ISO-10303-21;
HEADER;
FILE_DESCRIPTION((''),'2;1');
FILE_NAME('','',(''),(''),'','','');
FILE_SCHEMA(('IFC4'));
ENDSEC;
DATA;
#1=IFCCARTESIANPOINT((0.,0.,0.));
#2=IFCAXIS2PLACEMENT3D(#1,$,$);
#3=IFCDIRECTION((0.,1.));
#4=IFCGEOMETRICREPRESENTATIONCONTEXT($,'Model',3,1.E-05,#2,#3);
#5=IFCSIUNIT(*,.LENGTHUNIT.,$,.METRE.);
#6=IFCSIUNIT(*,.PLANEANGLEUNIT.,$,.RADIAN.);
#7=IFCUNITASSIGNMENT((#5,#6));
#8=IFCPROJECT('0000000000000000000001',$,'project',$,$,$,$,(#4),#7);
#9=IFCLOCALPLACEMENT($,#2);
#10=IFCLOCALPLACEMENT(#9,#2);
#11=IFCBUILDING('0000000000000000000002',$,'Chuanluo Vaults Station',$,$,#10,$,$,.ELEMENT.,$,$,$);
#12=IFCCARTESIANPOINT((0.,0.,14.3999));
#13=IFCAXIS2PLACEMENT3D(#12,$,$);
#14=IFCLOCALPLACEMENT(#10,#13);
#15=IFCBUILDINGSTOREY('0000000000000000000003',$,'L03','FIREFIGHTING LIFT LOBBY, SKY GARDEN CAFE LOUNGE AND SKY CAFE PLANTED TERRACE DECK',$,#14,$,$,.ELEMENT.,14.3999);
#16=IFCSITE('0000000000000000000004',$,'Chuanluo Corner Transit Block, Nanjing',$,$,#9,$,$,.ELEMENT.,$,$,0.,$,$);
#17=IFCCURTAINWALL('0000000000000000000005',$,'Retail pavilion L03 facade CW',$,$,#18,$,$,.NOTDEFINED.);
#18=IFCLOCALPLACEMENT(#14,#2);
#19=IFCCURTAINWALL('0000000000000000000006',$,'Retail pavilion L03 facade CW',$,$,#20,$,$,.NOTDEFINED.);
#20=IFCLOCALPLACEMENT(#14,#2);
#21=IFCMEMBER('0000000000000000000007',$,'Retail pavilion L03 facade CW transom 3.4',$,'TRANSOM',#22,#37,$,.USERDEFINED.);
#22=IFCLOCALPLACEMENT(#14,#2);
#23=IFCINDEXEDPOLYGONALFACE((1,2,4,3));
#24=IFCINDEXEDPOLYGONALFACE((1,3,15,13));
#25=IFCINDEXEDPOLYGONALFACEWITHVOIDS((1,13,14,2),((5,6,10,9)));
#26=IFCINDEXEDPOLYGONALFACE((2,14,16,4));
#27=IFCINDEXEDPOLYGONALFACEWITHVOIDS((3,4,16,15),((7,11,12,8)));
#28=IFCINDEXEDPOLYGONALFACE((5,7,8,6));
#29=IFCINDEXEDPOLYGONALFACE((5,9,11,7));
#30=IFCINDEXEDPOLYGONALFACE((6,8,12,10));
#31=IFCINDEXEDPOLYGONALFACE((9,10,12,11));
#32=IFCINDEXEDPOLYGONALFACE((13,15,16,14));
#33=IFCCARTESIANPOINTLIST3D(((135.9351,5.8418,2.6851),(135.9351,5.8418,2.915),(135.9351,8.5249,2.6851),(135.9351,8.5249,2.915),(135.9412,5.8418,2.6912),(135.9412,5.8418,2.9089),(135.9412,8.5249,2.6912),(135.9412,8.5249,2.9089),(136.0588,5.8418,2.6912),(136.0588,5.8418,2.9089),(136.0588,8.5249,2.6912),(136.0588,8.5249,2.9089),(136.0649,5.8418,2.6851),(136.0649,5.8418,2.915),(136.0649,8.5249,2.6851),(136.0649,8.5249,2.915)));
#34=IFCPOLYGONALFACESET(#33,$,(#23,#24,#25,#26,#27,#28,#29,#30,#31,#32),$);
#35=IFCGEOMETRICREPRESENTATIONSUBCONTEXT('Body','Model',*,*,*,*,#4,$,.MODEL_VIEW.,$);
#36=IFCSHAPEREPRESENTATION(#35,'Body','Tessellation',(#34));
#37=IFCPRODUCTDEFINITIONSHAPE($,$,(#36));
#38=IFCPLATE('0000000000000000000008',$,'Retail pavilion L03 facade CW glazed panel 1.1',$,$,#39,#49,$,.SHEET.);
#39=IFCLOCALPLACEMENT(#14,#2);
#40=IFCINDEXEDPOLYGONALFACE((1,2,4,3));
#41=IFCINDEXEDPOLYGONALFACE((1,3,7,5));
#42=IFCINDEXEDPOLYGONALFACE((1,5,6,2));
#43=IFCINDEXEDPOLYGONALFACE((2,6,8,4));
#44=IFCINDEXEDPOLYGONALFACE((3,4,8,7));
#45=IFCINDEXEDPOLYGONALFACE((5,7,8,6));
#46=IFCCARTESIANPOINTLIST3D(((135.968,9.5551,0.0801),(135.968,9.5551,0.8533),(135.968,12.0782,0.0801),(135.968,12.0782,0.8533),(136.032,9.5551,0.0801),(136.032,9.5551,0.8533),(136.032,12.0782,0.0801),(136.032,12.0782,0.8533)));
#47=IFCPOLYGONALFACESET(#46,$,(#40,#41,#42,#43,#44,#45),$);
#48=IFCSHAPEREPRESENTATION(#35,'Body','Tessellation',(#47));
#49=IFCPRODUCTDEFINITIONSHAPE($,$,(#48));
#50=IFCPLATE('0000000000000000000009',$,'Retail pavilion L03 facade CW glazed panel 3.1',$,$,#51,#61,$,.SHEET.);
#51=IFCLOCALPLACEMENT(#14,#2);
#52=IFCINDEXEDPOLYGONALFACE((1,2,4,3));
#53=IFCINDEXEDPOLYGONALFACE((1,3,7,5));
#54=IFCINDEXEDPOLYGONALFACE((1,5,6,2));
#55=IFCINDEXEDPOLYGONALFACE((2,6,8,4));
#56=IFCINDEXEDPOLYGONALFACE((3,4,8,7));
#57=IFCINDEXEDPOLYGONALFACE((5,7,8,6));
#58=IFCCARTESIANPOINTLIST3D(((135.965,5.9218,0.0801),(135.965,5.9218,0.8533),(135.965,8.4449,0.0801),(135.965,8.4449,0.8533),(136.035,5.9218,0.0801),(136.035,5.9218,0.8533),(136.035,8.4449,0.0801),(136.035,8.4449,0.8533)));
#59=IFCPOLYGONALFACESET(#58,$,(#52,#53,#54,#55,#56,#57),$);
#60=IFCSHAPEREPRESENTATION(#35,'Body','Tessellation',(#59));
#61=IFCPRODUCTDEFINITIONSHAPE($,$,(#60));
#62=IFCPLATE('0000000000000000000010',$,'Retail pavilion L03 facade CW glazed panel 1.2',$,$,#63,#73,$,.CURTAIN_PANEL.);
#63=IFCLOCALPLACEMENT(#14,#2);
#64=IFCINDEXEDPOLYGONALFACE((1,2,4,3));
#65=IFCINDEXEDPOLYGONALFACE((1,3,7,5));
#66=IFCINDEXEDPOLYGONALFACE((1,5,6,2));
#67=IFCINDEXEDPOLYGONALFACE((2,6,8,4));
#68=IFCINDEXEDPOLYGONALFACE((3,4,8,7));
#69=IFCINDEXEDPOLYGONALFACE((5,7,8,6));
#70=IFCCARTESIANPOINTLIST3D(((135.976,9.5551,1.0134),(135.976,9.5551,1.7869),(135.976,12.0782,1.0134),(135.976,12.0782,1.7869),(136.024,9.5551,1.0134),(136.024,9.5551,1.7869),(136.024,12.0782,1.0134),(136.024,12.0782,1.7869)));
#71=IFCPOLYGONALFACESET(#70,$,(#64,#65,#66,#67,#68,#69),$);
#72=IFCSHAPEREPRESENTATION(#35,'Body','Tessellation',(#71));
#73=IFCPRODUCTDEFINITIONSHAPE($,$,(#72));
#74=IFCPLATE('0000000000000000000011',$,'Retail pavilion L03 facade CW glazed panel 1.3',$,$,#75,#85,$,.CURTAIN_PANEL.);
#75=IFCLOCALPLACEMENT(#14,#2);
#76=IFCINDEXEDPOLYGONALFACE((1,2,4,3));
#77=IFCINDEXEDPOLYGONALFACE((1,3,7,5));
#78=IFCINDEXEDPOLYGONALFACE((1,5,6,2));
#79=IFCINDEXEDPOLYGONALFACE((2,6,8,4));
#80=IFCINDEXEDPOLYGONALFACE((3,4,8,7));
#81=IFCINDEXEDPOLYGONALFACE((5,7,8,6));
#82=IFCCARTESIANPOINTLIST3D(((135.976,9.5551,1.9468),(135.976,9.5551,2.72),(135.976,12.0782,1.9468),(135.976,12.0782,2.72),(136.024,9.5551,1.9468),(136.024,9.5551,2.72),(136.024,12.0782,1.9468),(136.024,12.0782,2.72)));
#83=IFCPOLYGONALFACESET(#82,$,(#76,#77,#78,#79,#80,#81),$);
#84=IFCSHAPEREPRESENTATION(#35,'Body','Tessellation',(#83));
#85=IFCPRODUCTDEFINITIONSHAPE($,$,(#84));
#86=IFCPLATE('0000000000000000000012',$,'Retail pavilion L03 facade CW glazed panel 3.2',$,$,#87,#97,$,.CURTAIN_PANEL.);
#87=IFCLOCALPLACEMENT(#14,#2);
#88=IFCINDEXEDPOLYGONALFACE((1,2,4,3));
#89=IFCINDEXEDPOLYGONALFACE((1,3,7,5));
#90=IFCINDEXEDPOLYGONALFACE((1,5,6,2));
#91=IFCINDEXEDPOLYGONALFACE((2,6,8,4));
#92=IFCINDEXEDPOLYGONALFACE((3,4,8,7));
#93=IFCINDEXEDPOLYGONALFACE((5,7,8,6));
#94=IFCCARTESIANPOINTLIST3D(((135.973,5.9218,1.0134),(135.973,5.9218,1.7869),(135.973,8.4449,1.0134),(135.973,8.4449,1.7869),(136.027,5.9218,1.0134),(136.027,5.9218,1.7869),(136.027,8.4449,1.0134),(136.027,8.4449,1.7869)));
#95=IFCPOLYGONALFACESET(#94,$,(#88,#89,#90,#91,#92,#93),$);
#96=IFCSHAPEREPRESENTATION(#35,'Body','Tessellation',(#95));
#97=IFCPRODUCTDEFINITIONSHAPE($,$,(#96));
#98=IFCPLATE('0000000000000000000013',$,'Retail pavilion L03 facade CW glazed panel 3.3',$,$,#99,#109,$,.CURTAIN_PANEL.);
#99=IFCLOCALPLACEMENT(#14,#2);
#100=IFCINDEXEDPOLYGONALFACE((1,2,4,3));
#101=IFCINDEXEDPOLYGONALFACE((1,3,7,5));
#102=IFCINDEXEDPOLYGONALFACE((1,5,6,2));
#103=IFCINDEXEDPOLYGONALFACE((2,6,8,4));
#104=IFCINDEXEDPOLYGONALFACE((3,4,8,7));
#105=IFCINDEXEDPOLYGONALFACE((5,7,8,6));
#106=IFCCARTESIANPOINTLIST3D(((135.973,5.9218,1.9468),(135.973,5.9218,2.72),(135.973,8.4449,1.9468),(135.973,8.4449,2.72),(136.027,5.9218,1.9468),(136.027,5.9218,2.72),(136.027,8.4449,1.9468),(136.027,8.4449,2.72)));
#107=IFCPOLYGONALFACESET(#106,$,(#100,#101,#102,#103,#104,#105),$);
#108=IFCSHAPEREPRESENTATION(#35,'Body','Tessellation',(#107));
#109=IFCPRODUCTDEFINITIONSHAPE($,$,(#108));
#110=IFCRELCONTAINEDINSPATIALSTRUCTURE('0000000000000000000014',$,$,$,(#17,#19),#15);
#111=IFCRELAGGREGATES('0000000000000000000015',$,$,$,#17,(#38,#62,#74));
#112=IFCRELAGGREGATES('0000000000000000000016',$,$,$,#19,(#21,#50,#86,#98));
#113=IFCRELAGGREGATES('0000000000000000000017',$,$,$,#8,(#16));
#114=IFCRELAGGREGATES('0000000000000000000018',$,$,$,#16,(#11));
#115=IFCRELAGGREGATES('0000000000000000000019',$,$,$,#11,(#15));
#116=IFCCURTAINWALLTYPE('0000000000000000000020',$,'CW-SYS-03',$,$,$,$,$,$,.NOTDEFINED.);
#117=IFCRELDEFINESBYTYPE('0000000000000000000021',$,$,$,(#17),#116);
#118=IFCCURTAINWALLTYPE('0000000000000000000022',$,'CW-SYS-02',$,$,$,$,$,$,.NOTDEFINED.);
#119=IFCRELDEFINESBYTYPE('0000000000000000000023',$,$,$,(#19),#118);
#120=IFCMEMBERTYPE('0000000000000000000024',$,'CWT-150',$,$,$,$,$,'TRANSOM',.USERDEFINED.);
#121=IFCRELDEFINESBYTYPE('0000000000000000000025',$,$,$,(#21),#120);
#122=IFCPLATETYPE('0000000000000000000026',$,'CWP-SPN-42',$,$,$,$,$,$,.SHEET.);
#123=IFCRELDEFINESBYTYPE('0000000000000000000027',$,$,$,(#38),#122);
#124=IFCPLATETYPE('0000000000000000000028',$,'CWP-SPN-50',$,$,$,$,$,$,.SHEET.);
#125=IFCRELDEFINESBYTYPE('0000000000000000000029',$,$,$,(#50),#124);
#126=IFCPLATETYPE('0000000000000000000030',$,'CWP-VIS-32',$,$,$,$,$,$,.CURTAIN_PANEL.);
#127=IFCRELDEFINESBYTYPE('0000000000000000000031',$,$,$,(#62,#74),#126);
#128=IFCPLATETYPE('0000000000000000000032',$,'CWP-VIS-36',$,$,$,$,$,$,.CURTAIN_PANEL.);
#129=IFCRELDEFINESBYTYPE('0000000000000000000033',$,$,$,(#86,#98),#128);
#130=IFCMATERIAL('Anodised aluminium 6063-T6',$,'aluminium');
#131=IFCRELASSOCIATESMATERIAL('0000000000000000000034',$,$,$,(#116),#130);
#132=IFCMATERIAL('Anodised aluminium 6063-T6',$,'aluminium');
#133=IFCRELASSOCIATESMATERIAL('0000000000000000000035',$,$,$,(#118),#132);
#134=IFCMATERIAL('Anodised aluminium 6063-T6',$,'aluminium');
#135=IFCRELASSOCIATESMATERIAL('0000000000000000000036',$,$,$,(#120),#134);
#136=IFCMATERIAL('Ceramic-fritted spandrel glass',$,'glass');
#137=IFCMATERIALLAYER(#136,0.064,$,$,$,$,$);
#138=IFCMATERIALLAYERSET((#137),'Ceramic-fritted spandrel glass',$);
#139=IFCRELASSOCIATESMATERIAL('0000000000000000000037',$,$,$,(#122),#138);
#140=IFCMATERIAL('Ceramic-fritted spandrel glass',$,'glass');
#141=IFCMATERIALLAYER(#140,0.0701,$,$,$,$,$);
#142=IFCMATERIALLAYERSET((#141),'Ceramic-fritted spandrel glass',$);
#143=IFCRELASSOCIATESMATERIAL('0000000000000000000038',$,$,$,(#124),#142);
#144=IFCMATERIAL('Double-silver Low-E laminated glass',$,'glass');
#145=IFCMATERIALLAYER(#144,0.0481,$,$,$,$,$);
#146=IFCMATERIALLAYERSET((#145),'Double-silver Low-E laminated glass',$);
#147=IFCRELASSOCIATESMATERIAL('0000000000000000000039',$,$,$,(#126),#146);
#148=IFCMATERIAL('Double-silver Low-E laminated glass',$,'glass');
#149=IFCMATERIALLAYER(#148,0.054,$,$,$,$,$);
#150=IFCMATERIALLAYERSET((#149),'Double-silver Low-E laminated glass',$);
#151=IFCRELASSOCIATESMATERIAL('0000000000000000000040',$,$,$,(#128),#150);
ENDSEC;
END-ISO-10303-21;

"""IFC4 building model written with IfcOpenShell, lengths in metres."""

from ifc_helpers import new_model, si_unit, direction, frame, origin, origin_2d, place, context, subcontext, project, spatial, rectangle, hollow_rectangle, extrude, material, layer, layer_set, material_profile, profile_set, type_object, element, aggregate, save


model = new_model("IFC4")

# Units and contexts
model_context = context("Model", 3, precision=1e-05, world=origin(), true_north=direction((0.0, 1.0)))
body_context = subcontext(model_context, "Body", "Model", "MODEL_VIEW")
ifc_project = project(units=[si_unit("LENGTHUNIT", "METRE"), si_unit("PLANEANGLEUNIT", "RADIAN")], contexts=[model_context])

# Site, building, storey
site_placement = place(None, origin())
site = spatial("IfcSite", under=ifc_project, at=site_placement, Name="Chuanluo Corner Transit Block, Nanjing", CompositionType="ELEMENT", RefElevation=0.0)
building_placement = place(site_placement, origin())
building = spatial("IfcBuilding", under=site, at=building_placement, Name="Chuanluo Vaults Station", CompositionType="ELEMENT")
storey_placement = place(building_placement, frame((0.0, 0.0, 14.3999)))
storey = spatial("IfcBuildingStorey", under=building, at=storey_placement, Name="L03", Description="FIREFIGHTING LIFT LOBBY, SKY GARDEN CAFE LOUNGE AND SKY CAFE PLANTED TERRACE DECK", CompositionType="ELEMENT", Elevation=14.3999)

# Curtain wall
ifc_material_1 = material(Name="Anodised aluminium 6063-T6", Category="aluminium")
curtain_wall_type_1 = type_object("IfcCurtainWallType", Name="CW-SYS-03", PredefinedType="NOTDEFINED", material=ifc_material_1)
curtain_wall_1_placement = place(storey_placement, origin())
curtain_wall_1 = element("IfcCurtainWall", 1, at=curtain_wall_1_placement, inside=storey, type_object=curtain_wall_type_1, Name="Retail pavilion L03 facade CW", PredefinedType="NOTDEFINED")

# Curtain wall
ifc_material_2 = material(Name="Anodised aluminium 6063-T6", Category="aluminium")
curtain_wall_type_2 = type_object("IfcCurtainWallType", Name="CW-SYS-02", PredefinedType="NOTDEFINED", material=ifc_material_2)
curtain_wall_2_placement = place(storey_placement, origin())
curtain_wall_2 = element("IfcCurtainWall", 2, at=curtain_wall_2_placement, inside=storey, type_object=curtain_wall_type_2, Name="Retail pavilion L03 facade CW", PredefinedType="NOTDEFINED")

# Member
ifc_material_3 = material(Name="Anodised aluminium 6063-T6", Category="aluminium")
ifc_material_profile_1 = material_profile(ifc_material_3, hollow_rectangle(XDim=0.1299, YDim=0.23, WallThickness=0.0061, at=origin_2d()))
ifc_profile_set_1 = profile_set([ifc_material_profile_1], Name="Anodised aluminium 6063-T6")
member_type_1 = type_object("IfcMemberType", Name="CWT-150", ElementType="TRANSOM", PredefinedType="USERDEFINED", material=ifc_profile_set_1)
member_1_placement = place(storey_placement, frame((136.0, 5.8418, 2.8), z_axis=(0.0, 1.0, 0.0), x_axis=(-1.0, 0.0, 0.0)))
member_1 = element("IfcMember", 3, at=member_1_placement, type_object=member_type_1, Name="Retail pavilion L03 facade CW transom 3.4", ObjectType="TRANSOM", PredefinedType="USERDEFINED", context=body_context, shape_type="SweptSolid", body=[
    extrude(hollow_rectangle(XDim=0.1299, YDim=0.23, WallThickness=0.0061, at=origin_2d()), origin(), (0.0, 0.0, 1.0), 2.6831),
])

# Plates
ifc_material_4 = material(Name="Ceramic-fritted spandrel glass", Category="glass")
ifc_layer_1 = layer(ifc_material_4, 0.064)
ifc_layer_set_1 = layer_set([ifc_layer_1], Name="Ceramic-fritted spandrel glass")
plate_type_1 = type_object("IfcPlateType", Name="CWP-SPN-42", PredefinedType="SHEET", material=ifc_layer_set_1)
plate_1_placement = place(storey_placement, frame((136.0, 10.8167, 0.0801), z_axis=(0.0, 0.0, 1.0), x_axis=(0.0, 1.0, 0.0)))
plate_1 = element("IfcPlate", 4, at=plate_1_placement, type_object=plate_type_1, Name="Retail pavilion L03 facade CW glazed panel 1.1", PredefinedType="SHEET", context=body_context, shape_type="SweptSolid", body=[
    extrude(rectangle(XDim=2.5232, YDim=0.064, at=origin_2d()), origin(), (0.0, 0.0, 1.0), 0.7732),
])
ifc_material_5 = material(Name="Ceramic-fritted spandrel glass", Category="glass")
ifc_layer_2 = layer(ifc_material_5, 0.0701)
ifc_layer_set_2 = layer_set([ifc_layer_2], Name="Ceramic-fritted spandrel glass")
plate_type_2 = type_object("IfcPlateType", Name="CWP-SPN-50", PredefinedType="SHEET", material=ifc_layer_set_2)
plate_2_placement = place(storey_placement, frame((136.0, 7.1833, 0.0801), z_axis=(0.0, 0.0, 1.0), x_axis=(0.0, 1.0, 0.0)))
plate_2 = element("IfcPlate", 5, at=plate_2_placement, type_object=plate_type_2, Name="Retail pavilion L03 facade CW glazed panel 3.1", PredefinedType="SHEET", context=body_context, shape_type="SweptSolid", body=[
    extrude(rectangle(XDim=2.5232, YDim=0.0701, at=origin_2d()), origin(), (0.0, 0.0, 1.0), 0.7732),
])
ifc_material_6 = material(Name="Double-silver Low-E laminated glass", Category="glass")
ifc_layer_3 = layer(ifc_material_6, 0.0481)
ifc_layer_set_3 = layer_set([ifc_layer_3], Name="Double-silver Low-E laminated glass")
plate_type_3 = type_object("IfcPlateType", Name="CWP-VIS-32", PredefinedType="CURTAIN_PANEL", material=ifc_layer_set_3)
plate_3_placement = place(storey_placement, frame((136.0, 10.8167, 1.0134), z_axis=(0.0, 0.0, 1.0), x_axis=(0.0, 1.0, 0.0)))
plate_3 = element("IfcPlate", 6, at=plate_3_placement, type_object=plate_type_3, Name="Retail pavilion L03 facade CW glazed panel 1.2", PredefinedType="CURTAIN_PANEL", context=body_context, shape_type="SweptSolid", body=[
    extrude(rectangle(XDim=2.5232, YDim=0.0481, at=origin_2d()), origin(), (0.0, 0.0, 1.0), 0.7734),
])
plate_4_placement = place(storey_placement, frame((136.0, 10.8167, 1.9468), z_axis=(0.0, 0.0, 1.0), x_axis=(0.0, 1.0, 0.0)))
plate_4 = element("IfcPlate", 7, at=plate_4_placement, type_object=plate_type_3, Name="Retail pavilion L03 facade CW glazed panel 1.3", PredefinedType="CURTAIN_PANEL", context=body_context, shape_type="SweptSolid", body=[
    extrude(rectangle(XDim=2.5232, YDim=0.0481, at=origin_2d()), origin(), (0.0, 0.0, 1.0), 0.7732),
])
aggregate(curtain_wall_1, [plate_1, plate_3, plate_4])
ifc_material_7 = material(Name="Double-silver Low-E laminated glass", Category="glass")
ifc_layer_4 = layer(ifc_material_7, 0.054)
ifc_layer_set_4 = layer_set([ifc_layer_4], Name="Double-silver Low-E laminated glass")
plate_type_4 = type_object("IfcPlateType", Name="CWP-VIS-36", PredefinedType="CURTAIN_PANEL", material=ifc_layer_set_4)
plate_5_placement = place(storey_placement, frame((136.0, 7.1833, 1.0134), z_axis=(0.0, 0.0, 1.0), x_axis=(0.0, 1.0, 0.0)))
plate_5 = element("IfcPlate", 8, at=plate_5_placement, type_object=plate_type_4, Name="Retail pavilion L03 facade CW glazed panel 3.2", PredefinedType="CURTAIN_PANEL", context=body_context, shape_type="SweptSolid", body=[
    extrude(rectangle(XDim=2.5232, YDim=0.054, at=origin_2d()), origin(), (0.0, 0.0, 1.0), 0.7734),
])
plate_6_placement = place(storey_placement, frame((136.0, 7.1833, 1.9468), z_axis=(0.0, 0.0, 1.0), x_axis=(0.0, 1.0, 0.0)))
plate_6 = element("IfcPlate", 9, at=plate_6_placement, type_object=plate_type_4, Name="Retail pavilion L03 facade CW glazed panel 3.3", PredefinedType="CURTAIN_PANEL", context=body_context, shape_type="SweptSolid", body=[
    extrude(rectangle(XDim=2.5232, YDim=0.054, at=origin_2d()), origin(), (0.0, 0.0, 1.0), 0.7732),
])
aggregate(curtain_wall_2, [member_1, plate_2, plate_5, plate_6])

save(model, "model.ifc")
